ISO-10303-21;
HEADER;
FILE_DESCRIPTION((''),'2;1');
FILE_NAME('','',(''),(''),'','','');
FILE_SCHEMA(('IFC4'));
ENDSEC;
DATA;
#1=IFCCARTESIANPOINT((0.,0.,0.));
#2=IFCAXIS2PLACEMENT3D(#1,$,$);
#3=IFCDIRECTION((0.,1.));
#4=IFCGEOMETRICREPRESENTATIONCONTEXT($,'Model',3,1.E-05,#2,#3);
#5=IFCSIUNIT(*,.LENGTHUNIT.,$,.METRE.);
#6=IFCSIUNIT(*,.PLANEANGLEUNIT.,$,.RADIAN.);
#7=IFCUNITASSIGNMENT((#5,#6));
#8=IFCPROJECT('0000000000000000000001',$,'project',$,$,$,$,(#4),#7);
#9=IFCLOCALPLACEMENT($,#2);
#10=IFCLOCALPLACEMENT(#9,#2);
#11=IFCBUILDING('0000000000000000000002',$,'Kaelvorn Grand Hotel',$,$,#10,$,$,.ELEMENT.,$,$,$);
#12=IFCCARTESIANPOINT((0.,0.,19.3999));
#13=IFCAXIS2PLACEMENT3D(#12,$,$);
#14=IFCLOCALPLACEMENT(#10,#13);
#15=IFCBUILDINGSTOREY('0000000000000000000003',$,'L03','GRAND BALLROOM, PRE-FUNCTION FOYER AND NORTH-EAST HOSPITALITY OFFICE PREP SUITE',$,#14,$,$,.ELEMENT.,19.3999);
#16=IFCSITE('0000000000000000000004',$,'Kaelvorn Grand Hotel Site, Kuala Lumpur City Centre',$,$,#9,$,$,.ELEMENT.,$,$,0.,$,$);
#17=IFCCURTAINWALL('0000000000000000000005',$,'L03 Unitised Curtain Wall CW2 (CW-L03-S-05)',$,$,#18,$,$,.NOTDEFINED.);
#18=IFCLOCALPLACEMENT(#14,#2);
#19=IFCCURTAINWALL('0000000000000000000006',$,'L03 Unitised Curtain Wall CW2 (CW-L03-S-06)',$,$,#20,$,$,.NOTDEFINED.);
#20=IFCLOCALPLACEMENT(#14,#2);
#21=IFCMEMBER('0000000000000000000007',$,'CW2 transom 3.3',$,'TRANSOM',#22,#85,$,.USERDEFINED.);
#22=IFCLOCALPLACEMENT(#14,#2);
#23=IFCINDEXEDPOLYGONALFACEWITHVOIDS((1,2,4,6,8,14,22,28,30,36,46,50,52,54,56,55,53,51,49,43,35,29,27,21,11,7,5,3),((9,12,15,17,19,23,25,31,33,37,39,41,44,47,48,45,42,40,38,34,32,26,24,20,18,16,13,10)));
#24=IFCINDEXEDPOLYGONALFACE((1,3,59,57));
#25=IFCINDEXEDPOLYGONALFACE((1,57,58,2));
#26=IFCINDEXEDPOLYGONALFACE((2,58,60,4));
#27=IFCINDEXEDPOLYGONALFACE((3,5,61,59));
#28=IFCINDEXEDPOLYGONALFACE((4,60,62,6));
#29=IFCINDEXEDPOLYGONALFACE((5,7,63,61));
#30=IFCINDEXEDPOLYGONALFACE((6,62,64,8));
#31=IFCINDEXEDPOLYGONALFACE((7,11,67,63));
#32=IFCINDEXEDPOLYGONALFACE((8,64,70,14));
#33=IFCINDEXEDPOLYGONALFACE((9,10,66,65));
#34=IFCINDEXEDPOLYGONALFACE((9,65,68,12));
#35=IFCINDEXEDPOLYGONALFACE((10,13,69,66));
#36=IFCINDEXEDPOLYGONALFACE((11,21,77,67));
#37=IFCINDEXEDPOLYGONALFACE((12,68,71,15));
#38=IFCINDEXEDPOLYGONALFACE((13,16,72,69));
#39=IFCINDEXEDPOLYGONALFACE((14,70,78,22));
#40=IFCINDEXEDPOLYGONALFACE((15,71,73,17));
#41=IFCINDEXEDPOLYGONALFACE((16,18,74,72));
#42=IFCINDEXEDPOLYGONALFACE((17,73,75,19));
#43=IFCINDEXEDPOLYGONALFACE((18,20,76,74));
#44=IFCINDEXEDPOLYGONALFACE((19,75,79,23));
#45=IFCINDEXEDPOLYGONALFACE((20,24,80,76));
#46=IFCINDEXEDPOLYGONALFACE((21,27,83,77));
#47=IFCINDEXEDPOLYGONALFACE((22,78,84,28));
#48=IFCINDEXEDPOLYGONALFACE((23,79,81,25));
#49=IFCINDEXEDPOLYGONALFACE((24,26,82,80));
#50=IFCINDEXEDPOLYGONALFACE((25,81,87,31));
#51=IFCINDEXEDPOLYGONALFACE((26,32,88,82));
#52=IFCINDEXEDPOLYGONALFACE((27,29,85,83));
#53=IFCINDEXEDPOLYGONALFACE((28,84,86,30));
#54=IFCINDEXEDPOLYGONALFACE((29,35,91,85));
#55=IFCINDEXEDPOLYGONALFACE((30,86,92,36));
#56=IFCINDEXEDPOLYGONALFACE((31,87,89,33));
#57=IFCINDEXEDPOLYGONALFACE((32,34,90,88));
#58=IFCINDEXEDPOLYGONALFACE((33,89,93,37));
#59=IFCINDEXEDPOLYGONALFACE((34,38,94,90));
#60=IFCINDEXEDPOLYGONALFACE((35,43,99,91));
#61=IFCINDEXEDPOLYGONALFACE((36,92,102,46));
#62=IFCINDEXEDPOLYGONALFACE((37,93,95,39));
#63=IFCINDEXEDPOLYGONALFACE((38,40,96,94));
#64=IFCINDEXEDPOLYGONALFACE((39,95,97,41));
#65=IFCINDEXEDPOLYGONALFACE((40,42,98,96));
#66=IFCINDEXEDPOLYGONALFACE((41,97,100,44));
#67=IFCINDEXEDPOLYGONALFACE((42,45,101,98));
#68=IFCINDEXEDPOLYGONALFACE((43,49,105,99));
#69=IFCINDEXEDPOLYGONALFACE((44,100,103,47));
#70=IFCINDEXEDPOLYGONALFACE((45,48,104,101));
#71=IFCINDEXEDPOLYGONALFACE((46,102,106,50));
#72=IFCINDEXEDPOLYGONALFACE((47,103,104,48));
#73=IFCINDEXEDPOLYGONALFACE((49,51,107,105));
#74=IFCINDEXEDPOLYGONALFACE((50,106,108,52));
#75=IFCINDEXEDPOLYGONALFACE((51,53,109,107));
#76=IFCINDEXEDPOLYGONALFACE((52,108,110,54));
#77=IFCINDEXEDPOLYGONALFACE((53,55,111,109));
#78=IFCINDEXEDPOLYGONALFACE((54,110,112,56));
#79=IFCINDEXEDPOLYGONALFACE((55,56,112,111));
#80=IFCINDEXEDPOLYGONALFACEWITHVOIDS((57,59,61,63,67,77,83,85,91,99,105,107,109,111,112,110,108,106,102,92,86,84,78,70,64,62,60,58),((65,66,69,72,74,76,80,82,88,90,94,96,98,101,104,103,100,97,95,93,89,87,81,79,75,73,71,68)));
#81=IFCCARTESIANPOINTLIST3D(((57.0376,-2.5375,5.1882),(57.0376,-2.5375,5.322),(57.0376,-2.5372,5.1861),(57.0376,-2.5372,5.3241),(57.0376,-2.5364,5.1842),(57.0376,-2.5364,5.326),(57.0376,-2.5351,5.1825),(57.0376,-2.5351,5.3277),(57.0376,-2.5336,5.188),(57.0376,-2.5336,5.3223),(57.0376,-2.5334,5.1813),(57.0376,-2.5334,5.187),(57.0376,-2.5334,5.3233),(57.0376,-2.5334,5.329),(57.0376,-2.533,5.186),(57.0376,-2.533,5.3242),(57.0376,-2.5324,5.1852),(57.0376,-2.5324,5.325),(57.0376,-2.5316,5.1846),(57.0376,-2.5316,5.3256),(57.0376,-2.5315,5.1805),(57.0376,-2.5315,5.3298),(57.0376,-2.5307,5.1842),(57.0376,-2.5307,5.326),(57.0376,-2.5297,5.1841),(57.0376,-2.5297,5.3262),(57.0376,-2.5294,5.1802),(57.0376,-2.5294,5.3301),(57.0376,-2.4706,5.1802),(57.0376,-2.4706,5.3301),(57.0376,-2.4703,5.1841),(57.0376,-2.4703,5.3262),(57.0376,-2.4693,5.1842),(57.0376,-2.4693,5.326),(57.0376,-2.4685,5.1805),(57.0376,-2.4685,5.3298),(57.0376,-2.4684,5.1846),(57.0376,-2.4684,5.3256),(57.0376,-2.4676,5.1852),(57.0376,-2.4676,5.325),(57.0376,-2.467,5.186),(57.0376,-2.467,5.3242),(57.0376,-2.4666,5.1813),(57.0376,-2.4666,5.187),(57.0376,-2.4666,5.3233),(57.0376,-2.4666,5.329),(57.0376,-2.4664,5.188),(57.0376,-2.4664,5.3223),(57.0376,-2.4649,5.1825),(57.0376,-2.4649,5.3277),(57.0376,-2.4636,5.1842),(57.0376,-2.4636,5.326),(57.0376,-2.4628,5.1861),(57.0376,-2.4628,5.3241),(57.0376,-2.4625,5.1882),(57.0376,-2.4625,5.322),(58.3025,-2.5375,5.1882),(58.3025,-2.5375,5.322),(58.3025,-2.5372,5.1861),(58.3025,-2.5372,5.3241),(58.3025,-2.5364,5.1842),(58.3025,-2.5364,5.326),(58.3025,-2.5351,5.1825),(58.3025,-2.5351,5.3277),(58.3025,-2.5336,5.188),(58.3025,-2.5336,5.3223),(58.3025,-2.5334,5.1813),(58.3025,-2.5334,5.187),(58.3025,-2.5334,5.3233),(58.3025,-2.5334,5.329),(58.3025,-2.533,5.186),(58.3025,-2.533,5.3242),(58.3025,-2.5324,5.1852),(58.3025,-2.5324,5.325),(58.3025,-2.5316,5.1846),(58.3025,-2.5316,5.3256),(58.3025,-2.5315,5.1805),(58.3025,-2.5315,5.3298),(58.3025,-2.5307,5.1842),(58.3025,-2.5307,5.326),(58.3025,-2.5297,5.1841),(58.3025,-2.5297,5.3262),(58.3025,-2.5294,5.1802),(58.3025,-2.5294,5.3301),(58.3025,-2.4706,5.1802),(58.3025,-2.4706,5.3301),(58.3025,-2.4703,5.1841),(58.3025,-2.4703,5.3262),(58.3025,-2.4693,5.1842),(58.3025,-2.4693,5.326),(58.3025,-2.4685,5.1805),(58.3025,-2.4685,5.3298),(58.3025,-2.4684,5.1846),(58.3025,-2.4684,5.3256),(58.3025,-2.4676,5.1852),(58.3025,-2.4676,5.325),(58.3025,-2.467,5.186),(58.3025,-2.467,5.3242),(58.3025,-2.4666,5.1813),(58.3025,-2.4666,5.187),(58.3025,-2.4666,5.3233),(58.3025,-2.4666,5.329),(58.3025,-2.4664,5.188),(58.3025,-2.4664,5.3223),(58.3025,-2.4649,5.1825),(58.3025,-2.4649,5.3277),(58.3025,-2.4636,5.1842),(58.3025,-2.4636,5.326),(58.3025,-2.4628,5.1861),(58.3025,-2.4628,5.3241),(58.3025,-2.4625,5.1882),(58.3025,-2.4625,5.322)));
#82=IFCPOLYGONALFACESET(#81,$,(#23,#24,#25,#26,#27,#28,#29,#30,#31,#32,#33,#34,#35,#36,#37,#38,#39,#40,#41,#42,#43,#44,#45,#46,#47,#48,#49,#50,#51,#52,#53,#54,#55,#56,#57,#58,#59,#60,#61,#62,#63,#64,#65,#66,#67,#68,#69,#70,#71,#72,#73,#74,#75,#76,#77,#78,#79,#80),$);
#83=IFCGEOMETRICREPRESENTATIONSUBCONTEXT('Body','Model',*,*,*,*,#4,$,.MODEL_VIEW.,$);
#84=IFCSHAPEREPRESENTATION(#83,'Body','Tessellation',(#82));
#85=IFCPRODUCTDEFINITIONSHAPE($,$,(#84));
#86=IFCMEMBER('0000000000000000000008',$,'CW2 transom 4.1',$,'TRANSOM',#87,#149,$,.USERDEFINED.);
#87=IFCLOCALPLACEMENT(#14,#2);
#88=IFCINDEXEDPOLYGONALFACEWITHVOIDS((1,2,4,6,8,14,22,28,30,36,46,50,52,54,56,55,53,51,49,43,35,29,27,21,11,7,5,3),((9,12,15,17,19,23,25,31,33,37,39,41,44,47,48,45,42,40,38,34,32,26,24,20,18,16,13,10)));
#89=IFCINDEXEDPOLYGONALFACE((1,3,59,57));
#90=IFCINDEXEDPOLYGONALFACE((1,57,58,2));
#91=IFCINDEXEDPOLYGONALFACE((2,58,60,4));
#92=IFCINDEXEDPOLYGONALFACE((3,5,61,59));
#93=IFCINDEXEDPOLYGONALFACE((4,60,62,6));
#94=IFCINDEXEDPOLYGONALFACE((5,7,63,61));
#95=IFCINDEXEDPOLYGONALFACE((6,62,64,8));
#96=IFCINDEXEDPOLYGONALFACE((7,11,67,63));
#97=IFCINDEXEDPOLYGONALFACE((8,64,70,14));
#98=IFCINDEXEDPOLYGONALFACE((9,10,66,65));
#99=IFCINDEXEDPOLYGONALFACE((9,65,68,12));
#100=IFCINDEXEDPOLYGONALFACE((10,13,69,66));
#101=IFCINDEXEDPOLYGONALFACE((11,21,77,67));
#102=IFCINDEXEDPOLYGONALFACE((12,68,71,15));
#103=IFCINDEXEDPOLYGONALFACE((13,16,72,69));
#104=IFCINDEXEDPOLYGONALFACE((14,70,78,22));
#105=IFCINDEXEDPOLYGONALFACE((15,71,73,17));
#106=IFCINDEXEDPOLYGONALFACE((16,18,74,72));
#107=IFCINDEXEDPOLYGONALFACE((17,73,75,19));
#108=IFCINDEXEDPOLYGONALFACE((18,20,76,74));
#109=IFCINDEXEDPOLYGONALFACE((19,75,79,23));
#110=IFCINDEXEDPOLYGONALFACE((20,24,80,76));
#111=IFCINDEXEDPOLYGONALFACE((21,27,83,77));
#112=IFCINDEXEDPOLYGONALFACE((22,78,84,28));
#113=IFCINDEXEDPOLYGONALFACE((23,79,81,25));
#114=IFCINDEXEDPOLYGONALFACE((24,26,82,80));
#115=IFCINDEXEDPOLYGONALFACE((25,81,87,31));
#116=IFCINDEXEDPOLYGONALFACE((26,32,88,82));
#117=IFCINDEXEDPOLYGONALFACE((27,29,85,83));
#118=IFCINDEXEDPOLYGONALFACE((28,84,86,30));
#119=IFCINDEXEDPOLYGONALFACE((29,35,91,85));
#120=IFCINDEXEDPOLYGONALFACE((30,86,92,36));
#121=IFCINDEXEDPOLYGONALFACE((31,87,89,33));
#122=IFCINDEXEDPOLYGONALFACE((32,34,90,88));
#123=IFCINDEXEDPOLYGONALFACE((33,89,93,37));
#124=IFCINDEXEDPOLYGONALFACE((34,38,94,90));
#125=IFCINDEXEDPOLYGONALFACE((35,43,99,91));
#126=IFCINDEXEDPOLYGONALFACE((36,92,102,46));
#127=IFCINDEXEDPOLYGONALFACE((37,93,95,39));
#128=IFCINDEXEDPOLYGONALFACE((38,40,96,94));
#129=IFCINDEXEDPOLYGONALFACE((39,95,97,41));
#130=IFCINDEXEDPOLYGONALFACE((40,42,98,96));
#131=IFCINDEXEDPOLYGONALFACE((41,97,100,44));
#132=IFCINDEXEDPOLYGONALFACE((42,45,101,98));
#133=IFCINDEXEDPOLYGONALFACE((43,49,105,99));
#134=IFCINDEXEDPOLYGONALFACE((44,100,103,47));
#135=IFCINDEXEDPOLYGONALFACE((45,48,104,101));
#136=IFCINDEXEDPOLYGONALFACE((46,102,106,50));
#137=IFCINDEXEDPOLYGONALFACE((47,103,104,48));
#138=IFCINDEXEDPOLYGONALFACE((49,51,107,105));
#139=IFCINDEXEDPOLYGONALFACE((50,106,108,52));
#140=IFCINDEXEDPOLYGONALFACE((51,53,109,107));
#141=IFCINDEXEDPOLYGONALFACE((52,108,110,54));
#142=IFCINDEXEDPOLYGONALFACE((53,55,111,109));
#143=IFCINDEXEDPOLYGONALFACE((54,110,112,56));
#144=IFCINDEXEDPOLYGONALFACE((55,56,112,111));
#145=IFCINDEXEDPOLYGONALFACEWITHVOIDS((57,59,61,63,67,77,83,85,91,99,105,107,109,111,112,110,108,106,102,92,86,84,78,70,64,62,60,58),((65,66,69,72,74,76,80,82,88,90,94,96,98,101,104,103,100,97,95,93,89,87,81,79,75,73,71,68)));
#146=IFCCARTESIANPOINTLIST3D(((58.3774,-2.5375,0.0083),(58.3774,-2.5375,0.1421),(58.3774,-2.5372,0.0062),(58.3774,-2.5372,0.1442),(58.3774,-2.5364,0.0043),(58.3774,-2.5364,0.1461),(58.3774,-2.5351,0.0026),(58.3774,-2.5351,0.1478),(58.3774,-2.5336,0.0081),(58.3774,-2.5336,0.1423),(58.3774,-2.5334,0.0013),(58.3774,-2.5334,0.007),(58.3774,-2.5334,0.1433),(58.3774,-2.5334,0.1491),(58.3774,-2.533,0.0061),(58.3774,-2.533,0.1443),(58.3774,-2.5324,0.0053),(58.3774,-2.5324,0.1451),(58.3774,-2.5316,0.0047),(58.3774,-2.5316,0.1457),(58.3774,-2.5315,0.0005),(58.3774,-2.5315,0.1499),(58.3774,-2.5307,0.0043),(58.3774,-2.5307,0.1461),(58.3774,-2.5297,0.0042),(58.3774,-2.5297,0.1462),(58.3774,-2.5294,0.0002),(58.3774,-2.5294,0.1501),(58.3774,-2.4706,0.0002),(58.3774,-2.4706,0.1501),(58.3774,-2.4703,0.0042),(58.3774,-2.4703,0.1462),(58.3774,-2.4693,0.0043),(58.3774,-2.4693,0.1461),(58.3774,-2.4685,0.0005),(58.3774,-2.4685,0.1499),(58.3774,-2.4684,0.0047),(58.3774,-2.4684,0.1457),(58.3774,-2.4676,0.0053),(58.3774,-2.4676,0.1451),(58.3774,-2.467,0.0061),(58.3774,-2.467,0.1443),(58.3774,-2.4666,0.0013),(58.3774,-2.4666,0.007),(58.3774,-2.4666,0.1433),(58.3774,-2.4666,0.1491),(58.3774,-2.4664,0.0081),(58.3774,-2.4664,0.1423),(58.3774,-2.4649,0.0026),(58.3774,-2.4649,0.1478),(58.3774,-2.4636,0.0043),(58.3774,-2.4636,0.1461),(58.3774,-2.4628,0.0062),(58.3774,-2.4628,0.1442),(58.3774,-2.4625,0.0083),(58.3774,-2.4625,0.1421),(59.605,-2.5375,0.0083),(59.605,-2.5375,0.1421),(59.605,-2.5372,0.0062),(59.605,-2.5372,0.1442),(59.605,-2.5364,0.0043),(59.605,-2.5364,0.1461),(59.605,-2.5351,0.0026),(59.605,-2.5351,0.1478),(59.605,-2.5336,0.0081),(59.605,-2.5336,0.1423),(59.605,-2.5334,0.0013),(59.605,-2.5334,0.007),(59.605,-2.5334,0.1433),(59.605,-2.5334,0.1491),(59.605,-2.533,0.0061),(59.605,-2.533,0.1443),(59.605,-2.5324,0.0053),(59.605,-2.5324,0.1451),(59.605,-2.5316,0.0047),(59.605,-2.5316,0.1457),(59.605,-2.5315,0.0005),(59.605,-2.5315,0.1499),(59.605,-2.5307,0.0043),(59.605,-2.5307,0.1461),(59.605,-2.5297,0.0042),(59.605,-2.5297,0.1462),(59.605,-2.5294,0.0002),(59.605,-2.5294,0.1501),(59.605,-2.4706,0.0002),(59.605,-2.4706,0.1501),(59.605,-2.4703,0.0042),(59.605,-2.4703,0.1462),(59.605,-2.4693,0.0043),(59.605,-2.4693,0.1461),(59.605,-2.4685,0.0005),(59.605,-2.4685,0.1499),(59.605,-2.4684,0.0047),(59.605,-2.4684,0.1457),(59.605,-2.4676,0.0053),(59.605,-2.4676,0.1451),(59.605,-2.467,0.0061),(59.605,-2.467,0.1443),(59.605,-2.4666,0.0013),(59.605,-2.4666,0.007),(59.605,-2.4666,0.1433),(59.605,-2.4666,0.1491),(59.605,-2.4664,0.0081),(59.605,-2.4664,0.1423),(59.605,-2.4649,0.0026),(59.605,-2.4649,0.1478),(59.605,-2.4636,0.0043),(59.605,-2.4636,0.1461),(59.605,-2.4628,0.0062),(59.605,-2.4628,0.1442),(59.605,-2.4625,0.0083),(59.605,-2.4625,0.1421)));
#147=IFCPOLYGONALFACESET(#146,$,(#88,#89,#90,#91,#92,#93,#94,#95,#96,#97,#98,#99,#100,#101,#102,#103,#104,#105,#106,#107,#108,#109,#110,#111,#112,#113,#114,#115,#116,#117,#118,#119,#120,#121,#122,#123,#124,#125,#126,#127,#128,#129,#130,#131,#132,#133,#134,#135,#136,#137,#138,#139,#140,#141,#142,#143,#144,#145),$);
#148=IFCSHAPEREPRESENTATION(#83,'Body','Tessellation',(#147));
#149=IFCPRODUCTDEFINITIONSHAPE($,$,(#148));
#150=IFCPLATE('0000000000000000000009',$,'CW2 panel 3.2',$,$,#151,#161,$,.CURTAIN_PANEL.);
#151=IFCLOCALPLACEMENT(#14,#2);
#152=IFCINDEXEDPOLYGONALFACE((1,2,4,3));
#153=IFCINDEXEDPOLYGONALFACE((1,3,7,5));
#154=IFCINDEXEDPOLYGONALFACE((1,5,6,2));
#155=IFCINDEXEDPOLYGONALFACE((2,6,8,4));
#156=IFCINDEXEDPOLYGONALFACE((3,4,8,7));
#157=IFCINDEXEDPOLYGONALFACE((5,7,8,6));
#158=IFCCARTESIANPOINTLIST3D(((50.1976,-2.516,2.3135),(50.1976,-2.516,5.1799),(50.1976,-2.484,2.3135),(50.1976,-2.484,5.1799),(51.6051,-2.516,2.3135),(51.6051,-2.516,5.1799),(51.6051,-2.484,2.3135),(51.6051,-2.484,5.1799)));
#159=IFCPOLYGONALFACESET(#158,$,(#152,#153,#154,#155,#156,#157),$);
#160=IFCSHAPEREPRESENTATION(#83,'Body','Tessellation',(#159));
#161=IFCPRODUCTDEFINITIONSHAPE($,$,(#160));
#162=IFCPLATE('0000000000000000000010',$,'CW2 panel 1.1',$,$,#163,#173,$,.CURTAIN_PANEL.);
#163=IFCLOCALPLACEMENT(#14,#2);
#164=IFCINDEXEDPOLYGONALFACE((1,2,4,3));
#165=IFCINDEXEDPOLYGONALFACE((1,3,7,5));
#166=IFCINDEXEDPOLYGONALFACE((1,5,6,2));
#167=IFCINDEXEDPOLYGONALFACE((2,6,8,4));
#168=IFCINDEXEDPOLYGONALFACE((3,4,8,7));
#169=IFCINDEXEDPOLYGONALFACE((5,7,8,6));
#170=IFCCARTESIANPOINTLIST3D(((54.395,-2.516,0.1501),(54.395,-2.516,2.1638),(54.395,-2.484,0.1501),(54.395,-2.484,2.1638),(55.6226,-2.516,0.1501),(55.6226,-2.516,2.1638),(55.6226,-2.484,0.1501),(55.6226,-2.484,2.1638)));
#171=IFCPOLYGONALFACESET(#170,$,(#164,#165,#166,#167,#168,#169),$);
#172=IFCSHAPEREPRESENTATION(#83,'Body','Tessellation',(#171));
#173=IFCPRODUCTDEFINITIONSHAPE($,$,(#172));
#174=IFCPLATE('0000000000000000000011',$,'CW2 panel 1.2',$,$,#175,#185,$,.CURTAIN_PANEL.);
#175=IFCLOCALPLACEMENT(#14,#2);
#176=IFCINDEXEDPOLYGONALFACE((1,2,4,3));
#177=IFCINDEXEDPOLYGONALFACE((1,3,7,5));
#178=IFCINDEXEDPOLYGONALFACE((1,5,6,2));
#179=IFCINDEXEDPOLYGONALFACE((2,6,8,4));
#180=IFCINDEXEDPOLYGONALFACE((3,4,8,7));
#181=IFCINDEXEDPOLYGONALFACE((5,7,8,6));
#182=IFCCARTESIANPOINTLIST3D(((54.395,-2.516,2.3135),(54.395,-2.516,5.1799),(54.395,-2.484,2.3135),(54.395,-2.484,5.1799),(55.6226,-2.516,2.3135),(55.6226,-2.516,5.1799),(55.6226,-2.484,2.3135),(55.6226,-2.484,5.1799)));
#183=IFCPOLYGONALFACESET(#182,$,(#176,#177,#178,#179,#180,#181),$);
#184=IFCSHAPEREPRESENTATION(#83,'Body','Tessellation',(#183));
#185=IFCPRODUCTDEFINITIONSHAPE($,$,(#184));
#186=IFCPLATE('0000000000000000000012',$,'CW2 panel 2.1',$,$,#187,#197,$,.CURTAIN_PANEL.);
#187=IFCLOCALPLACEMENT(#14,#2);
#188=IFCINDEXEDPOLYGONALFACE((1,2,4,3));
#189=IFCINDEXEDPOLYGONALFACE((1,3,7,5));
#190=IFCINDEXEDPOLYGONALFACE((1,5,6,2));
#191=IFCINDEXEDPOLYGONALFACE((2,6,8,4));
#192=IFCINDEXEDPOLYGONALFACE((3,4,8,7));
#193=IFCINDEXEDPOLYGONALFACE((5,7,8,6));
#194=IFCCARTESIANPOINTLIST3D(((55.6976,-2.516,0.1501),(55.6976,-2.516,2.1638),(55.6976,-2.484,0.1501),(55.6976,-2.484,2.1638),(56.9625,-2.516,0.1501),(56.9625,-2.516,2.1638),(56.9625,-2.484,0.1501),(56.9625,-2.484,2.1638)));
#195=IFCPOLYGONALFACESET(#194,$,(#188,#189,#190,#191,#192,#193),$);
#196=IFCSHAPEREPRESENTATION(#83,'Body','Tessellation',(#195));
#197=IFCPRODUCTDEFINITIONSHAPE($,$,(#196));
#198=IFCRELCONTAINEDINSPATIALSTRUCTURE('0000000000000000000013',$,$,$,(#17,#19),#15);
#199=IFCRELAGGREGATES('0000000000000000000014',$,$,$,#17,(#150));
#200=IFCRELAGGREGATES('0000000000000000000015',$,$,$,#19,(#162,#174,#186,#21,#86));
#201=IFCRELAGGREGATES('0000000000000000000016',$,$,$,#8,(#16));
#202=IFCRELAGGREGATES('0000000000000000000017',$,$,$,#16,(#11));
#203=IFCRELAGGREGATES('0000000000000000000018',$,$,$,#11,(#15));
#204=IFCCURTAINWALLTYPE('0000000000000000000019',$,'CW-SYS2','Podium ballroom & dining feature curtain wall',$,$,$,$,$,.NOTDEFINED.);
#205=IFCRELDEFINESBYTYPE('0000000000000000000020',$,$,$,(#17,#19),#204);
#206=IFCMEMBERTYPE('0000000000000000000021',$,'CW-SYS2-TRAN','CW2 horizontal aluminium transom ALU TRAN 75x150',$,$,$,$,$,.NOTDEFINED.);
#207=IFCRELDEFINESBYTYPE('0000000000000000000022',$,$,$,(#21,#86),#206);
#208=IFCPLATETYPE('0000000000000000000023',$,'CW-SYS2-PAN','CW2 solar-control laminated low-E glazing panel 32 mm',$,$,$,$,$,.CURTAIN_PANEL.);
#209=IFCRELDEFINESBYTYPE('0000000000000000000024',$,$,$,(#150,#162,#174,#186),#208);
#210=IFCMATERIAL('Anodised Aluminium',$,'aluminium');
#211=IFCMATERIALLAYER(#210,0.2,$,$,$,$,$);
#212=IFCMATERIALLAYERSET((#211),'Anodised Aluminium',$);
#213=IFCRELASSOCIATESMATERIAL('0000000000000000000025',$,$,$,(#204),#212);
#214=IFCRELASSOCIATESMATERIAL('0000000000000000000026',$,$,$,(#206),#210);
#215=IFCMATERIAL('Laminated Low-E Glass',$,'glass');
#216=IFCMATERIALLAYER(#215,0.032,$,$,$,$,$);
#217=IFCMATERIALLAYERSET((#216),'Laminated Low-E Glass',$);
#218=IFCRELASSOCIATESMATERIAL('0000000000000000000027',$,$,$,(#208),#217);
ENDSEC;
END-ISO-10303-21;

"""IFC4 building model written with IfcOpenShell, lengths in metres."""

from ifc_helpers import new_model, si_unit, direction, frame, origin, origin_2d, place, context, subcontext, project, spatial, rectangle, hollow_rectangle, extrude, material, layer, layer_set, material_profile, profile_set, type_object, element, aggregate, save


model = new_model("IFC4")

# Units and contexts
model_context = context("Model", 3, precision=1e-05, world=origin(), true_north=direction((0.0, 1.0)))
body_context = subcontext(model_context, "Body", "Model", "MODEL_VIEW")
ifc_project = project(units=[si_unit("LENGTHUNIT", "METRE"), si_unit("PLANEANGLEUNIT", "RADIAN")], contexts=[model_context])

# Site, building, storey
site_placement = place(None, origin())
site = spatial("IfcSite", under=ifc_project, at=site_placement, Name="Kaelvorn Grand Hotel Site, Kuala Lumpur City Centre", CompositionType="ELEMENT", RefElevation=0.0)
building_placement = place(site_placement, origin())
building = spatial("IfcBuilding", under=site, at=building_placement, Name="Kaelvorn Grand Hotel", CompositionType="ELEMENT")
storey_placement = place(building_placement, frame((0.0, 0.0, 19.3999)))
storey = spatial("IfcBuildingStorey", under=building, at=storey_placement, Name="L03", Description="GRAND BALLROOM, PRE-FUNCTION FOYER AND NORTH-EAST HOSPITALITY OFFICE PREP SUITE", CompositionType="ELEMENT", Elevation=19.3999)

# Curtain wall
ifc_material_1 = material(Name="Anodised Aluminium", Category="aluminium")
ifc_layer_1 = layer(ifc_material_1, 0.2)
ifc_layer_set_1 = layer_set([ifc_layer_1], Name="Anodised Aluminium")
curtain_wall_type = type_object("IfcCurtainWallType", Name="CW-SYS2", Description="Podium ballroom & dining feature curtain wall", PredefinedType="NOTDEFINED", material=ifc_layer_set_1)
curtain_wall_1_placement = place(storey_placement, origin())
curtain_wall_1 = element("IfcCurtainWall", 1, at=curtain_wall_1_placement, inside=storey, type_object=curtain_wall_type, Name="L03 Unitised Curtain Wall CW2 (CW-L03-S-05)", PredefinedType="NOTDEFINED")

# Curtain wall, members
curtain_wall_2_placement = place(storey_placement, origin())
curtain_wall_2 = element("IfcCurtainWall", 2, at=curtain_wall_2_placement, inside=storey, type_object=curtain_wall_type, Name="L03 Unitised Curtain Wall CW2 (CW-L03-S-06)", PredefinedType="NOTDEFINED")
ifc_material_profile_1 = material_profile(ifc_material_1, hollow_rectangle(XDim=0.075, YDim=0.1499, WallThickness=0.0039, InnerFilletRadius=0.0039, OuterFilletRadius=0.0081, at=origin_2d()), Name="ALU TRAN 75x150")
ifc_profile_set_1 = profile_set([ifc_material_profile_1], Name="Anodised Aluminium")
member_type_1 = type_object("IfcMemberType", Name="CW-SYS2-TRAN", Description="CW2 horizontal aluminium transom ALU TRAN 75x150", PredefinedType="NOTDEFINED", material=ifc_profile_set_1)
member_1_placement = place(storey_placement, frame((57.0376, -2.5, 5.2551), z_axis=(1.0, 0.0, 0.0), x_axis=(0.0, 1.0, 0.0)))
member_1 = element("IfcMember", 3, at=member_1_placement, type_object=member_type_1, Name="CW2 transom 3.3", ObjectType="TRANSOM", PredefinedType="USERDEFINED", context=body_context, shape_type="SweptSolid", body=[
    extrude(hollow_rectangle(XDim=0.075, YDim=0.1499, WallThickness=0.0039, InnerFilletRadius=0.0039, OuterFilletRadius=0.0081, at=origin_2d()), origin(), (0.0, 0.0, 1.0), 1.2649),
])
member_2_placement = place(storey_placement, frame((58.3774, -2.5, 0.0752), z_axis=(1.0, 0.0, 0.0), x_axis=(0.0, 1.0, 0.0)))
member_2 = element("IfcMember", 4, at=member_2_placement, type_object=member_type_1, Name="CW2 transom 4.1", ObjectType="TRANSOM", PredefinedType="USERDEFINED", context=body_context, shape_type="SweptSolid", body=[
    extrude(hollow_rectangle(XDim=0.075, YDim=0.1499, WallThickness=0.0039, InnerFilletRadius=0.0039, OuterFilletRadius=0.0081, at=origin_2d()), origin(), (0.0, 0.0, 1.0), 1.2275),
])

# Plates
ifc_material_2 = material(Name="Laminated Low-E Glass", Category="glass")
ifc_layer_2 = layer(ifc_material_2, 0.032)
ifc_layer_set_2 = layer_set([ifc_layer_2], Name="Laminated Low-E Glass")
plate_type = type_object("IfcPlateType", Name="CW-SYS2-PAN", Description="CW2 solar-control laminated low-E glazing panel 32 mm", PredefinedType="CURTAIN_PANEL", material=ifc_layer_set_2)
plate_1_placement = place(storey_placement, frame((50.9014, -2.5, 2.3135), z_axis=(0.0, 0.0, 1.0), x_axis=(1.0, 0.0, 0.0)))
plate_1 = element("IfcPlate", 5, at=plate_1_placement, type_object=plate_type, Name="CW2 panel 3.2", PredefinedType="CURTAIN_PANEL", context=body_context, shape_type="SweptSolid", body=[
    extrude(rectangle(XDim=1.4075, YDim=0.032, at=origin_2d()), origin(), (0.0, 0.0, 1.0), 2.8665),
])
aggregate(curtain_wall_1, [plate_1])
plate_2_placement = place(storey_placement, frame((55.0088, -2.5, 0.1501), z_axis=(0.0, 0.0, 1.0), x_axis=(1.0, 0.0, 0.0)))
plate_2 = element("IfcPlate", 6, at=plate_2_placement, type_object=plate_type, Name="CW2 panel 1.1", PredefinedType="CURTAIN_PANEL", context=body_context, shape_type="SweptSolid", body=[
    extrude(rectangle(XDim=1.2275, YDim=0.032, at=origin_2d()), origin(), (0.0, 0.0, 1.0), 2.0137),
])
plate_3_placement = place(storey_placement, frame((55.0088, -2.5, 2.3135), z_axis=(0.0, 0.0, 1.0), x_axis=(1.0, 0.0, 0.0)))
plate_3 = element("IfcPlate", 7, at=plate_3_placement, type_object=plate_type, Name="CW2 panel 1.2", PredefinedType="CURTAIN_PANEL", context=body_context, shape_type="SweptSolid", body=[
    extrude(rectangle(XDim=1.2275, YDim=0.032, at=origin_2d()), origin(), (0.0, 0.0, 1.0), 2.8665),
])
plate_4_placement = place(storey_placement, frame((56.3301, -2.5, 0.1501), z_axis=(0.0, 0.0, 1.0), x_axis=(1.0, 0.0, 0.0)))
plate_4 = element("IfcPlate", 8, at=plate_4_placement, type_object=plate_type, Name="CW2 panel 2.1", PredefinedType="CURTAIN_PANEL", context=body_context, shape_type="SweptSolid", body=[
    extrude(rectangle(XDim=1.2649, YDim=0.032, at=origin_2d()), origin(), (0.0, 0.0, 1.0), 2.0137),
])
aggregate(curtain_wall_2, [plate_2, plate_3, plate_4, member_1, member_2])

save(model, "model.ifc")
